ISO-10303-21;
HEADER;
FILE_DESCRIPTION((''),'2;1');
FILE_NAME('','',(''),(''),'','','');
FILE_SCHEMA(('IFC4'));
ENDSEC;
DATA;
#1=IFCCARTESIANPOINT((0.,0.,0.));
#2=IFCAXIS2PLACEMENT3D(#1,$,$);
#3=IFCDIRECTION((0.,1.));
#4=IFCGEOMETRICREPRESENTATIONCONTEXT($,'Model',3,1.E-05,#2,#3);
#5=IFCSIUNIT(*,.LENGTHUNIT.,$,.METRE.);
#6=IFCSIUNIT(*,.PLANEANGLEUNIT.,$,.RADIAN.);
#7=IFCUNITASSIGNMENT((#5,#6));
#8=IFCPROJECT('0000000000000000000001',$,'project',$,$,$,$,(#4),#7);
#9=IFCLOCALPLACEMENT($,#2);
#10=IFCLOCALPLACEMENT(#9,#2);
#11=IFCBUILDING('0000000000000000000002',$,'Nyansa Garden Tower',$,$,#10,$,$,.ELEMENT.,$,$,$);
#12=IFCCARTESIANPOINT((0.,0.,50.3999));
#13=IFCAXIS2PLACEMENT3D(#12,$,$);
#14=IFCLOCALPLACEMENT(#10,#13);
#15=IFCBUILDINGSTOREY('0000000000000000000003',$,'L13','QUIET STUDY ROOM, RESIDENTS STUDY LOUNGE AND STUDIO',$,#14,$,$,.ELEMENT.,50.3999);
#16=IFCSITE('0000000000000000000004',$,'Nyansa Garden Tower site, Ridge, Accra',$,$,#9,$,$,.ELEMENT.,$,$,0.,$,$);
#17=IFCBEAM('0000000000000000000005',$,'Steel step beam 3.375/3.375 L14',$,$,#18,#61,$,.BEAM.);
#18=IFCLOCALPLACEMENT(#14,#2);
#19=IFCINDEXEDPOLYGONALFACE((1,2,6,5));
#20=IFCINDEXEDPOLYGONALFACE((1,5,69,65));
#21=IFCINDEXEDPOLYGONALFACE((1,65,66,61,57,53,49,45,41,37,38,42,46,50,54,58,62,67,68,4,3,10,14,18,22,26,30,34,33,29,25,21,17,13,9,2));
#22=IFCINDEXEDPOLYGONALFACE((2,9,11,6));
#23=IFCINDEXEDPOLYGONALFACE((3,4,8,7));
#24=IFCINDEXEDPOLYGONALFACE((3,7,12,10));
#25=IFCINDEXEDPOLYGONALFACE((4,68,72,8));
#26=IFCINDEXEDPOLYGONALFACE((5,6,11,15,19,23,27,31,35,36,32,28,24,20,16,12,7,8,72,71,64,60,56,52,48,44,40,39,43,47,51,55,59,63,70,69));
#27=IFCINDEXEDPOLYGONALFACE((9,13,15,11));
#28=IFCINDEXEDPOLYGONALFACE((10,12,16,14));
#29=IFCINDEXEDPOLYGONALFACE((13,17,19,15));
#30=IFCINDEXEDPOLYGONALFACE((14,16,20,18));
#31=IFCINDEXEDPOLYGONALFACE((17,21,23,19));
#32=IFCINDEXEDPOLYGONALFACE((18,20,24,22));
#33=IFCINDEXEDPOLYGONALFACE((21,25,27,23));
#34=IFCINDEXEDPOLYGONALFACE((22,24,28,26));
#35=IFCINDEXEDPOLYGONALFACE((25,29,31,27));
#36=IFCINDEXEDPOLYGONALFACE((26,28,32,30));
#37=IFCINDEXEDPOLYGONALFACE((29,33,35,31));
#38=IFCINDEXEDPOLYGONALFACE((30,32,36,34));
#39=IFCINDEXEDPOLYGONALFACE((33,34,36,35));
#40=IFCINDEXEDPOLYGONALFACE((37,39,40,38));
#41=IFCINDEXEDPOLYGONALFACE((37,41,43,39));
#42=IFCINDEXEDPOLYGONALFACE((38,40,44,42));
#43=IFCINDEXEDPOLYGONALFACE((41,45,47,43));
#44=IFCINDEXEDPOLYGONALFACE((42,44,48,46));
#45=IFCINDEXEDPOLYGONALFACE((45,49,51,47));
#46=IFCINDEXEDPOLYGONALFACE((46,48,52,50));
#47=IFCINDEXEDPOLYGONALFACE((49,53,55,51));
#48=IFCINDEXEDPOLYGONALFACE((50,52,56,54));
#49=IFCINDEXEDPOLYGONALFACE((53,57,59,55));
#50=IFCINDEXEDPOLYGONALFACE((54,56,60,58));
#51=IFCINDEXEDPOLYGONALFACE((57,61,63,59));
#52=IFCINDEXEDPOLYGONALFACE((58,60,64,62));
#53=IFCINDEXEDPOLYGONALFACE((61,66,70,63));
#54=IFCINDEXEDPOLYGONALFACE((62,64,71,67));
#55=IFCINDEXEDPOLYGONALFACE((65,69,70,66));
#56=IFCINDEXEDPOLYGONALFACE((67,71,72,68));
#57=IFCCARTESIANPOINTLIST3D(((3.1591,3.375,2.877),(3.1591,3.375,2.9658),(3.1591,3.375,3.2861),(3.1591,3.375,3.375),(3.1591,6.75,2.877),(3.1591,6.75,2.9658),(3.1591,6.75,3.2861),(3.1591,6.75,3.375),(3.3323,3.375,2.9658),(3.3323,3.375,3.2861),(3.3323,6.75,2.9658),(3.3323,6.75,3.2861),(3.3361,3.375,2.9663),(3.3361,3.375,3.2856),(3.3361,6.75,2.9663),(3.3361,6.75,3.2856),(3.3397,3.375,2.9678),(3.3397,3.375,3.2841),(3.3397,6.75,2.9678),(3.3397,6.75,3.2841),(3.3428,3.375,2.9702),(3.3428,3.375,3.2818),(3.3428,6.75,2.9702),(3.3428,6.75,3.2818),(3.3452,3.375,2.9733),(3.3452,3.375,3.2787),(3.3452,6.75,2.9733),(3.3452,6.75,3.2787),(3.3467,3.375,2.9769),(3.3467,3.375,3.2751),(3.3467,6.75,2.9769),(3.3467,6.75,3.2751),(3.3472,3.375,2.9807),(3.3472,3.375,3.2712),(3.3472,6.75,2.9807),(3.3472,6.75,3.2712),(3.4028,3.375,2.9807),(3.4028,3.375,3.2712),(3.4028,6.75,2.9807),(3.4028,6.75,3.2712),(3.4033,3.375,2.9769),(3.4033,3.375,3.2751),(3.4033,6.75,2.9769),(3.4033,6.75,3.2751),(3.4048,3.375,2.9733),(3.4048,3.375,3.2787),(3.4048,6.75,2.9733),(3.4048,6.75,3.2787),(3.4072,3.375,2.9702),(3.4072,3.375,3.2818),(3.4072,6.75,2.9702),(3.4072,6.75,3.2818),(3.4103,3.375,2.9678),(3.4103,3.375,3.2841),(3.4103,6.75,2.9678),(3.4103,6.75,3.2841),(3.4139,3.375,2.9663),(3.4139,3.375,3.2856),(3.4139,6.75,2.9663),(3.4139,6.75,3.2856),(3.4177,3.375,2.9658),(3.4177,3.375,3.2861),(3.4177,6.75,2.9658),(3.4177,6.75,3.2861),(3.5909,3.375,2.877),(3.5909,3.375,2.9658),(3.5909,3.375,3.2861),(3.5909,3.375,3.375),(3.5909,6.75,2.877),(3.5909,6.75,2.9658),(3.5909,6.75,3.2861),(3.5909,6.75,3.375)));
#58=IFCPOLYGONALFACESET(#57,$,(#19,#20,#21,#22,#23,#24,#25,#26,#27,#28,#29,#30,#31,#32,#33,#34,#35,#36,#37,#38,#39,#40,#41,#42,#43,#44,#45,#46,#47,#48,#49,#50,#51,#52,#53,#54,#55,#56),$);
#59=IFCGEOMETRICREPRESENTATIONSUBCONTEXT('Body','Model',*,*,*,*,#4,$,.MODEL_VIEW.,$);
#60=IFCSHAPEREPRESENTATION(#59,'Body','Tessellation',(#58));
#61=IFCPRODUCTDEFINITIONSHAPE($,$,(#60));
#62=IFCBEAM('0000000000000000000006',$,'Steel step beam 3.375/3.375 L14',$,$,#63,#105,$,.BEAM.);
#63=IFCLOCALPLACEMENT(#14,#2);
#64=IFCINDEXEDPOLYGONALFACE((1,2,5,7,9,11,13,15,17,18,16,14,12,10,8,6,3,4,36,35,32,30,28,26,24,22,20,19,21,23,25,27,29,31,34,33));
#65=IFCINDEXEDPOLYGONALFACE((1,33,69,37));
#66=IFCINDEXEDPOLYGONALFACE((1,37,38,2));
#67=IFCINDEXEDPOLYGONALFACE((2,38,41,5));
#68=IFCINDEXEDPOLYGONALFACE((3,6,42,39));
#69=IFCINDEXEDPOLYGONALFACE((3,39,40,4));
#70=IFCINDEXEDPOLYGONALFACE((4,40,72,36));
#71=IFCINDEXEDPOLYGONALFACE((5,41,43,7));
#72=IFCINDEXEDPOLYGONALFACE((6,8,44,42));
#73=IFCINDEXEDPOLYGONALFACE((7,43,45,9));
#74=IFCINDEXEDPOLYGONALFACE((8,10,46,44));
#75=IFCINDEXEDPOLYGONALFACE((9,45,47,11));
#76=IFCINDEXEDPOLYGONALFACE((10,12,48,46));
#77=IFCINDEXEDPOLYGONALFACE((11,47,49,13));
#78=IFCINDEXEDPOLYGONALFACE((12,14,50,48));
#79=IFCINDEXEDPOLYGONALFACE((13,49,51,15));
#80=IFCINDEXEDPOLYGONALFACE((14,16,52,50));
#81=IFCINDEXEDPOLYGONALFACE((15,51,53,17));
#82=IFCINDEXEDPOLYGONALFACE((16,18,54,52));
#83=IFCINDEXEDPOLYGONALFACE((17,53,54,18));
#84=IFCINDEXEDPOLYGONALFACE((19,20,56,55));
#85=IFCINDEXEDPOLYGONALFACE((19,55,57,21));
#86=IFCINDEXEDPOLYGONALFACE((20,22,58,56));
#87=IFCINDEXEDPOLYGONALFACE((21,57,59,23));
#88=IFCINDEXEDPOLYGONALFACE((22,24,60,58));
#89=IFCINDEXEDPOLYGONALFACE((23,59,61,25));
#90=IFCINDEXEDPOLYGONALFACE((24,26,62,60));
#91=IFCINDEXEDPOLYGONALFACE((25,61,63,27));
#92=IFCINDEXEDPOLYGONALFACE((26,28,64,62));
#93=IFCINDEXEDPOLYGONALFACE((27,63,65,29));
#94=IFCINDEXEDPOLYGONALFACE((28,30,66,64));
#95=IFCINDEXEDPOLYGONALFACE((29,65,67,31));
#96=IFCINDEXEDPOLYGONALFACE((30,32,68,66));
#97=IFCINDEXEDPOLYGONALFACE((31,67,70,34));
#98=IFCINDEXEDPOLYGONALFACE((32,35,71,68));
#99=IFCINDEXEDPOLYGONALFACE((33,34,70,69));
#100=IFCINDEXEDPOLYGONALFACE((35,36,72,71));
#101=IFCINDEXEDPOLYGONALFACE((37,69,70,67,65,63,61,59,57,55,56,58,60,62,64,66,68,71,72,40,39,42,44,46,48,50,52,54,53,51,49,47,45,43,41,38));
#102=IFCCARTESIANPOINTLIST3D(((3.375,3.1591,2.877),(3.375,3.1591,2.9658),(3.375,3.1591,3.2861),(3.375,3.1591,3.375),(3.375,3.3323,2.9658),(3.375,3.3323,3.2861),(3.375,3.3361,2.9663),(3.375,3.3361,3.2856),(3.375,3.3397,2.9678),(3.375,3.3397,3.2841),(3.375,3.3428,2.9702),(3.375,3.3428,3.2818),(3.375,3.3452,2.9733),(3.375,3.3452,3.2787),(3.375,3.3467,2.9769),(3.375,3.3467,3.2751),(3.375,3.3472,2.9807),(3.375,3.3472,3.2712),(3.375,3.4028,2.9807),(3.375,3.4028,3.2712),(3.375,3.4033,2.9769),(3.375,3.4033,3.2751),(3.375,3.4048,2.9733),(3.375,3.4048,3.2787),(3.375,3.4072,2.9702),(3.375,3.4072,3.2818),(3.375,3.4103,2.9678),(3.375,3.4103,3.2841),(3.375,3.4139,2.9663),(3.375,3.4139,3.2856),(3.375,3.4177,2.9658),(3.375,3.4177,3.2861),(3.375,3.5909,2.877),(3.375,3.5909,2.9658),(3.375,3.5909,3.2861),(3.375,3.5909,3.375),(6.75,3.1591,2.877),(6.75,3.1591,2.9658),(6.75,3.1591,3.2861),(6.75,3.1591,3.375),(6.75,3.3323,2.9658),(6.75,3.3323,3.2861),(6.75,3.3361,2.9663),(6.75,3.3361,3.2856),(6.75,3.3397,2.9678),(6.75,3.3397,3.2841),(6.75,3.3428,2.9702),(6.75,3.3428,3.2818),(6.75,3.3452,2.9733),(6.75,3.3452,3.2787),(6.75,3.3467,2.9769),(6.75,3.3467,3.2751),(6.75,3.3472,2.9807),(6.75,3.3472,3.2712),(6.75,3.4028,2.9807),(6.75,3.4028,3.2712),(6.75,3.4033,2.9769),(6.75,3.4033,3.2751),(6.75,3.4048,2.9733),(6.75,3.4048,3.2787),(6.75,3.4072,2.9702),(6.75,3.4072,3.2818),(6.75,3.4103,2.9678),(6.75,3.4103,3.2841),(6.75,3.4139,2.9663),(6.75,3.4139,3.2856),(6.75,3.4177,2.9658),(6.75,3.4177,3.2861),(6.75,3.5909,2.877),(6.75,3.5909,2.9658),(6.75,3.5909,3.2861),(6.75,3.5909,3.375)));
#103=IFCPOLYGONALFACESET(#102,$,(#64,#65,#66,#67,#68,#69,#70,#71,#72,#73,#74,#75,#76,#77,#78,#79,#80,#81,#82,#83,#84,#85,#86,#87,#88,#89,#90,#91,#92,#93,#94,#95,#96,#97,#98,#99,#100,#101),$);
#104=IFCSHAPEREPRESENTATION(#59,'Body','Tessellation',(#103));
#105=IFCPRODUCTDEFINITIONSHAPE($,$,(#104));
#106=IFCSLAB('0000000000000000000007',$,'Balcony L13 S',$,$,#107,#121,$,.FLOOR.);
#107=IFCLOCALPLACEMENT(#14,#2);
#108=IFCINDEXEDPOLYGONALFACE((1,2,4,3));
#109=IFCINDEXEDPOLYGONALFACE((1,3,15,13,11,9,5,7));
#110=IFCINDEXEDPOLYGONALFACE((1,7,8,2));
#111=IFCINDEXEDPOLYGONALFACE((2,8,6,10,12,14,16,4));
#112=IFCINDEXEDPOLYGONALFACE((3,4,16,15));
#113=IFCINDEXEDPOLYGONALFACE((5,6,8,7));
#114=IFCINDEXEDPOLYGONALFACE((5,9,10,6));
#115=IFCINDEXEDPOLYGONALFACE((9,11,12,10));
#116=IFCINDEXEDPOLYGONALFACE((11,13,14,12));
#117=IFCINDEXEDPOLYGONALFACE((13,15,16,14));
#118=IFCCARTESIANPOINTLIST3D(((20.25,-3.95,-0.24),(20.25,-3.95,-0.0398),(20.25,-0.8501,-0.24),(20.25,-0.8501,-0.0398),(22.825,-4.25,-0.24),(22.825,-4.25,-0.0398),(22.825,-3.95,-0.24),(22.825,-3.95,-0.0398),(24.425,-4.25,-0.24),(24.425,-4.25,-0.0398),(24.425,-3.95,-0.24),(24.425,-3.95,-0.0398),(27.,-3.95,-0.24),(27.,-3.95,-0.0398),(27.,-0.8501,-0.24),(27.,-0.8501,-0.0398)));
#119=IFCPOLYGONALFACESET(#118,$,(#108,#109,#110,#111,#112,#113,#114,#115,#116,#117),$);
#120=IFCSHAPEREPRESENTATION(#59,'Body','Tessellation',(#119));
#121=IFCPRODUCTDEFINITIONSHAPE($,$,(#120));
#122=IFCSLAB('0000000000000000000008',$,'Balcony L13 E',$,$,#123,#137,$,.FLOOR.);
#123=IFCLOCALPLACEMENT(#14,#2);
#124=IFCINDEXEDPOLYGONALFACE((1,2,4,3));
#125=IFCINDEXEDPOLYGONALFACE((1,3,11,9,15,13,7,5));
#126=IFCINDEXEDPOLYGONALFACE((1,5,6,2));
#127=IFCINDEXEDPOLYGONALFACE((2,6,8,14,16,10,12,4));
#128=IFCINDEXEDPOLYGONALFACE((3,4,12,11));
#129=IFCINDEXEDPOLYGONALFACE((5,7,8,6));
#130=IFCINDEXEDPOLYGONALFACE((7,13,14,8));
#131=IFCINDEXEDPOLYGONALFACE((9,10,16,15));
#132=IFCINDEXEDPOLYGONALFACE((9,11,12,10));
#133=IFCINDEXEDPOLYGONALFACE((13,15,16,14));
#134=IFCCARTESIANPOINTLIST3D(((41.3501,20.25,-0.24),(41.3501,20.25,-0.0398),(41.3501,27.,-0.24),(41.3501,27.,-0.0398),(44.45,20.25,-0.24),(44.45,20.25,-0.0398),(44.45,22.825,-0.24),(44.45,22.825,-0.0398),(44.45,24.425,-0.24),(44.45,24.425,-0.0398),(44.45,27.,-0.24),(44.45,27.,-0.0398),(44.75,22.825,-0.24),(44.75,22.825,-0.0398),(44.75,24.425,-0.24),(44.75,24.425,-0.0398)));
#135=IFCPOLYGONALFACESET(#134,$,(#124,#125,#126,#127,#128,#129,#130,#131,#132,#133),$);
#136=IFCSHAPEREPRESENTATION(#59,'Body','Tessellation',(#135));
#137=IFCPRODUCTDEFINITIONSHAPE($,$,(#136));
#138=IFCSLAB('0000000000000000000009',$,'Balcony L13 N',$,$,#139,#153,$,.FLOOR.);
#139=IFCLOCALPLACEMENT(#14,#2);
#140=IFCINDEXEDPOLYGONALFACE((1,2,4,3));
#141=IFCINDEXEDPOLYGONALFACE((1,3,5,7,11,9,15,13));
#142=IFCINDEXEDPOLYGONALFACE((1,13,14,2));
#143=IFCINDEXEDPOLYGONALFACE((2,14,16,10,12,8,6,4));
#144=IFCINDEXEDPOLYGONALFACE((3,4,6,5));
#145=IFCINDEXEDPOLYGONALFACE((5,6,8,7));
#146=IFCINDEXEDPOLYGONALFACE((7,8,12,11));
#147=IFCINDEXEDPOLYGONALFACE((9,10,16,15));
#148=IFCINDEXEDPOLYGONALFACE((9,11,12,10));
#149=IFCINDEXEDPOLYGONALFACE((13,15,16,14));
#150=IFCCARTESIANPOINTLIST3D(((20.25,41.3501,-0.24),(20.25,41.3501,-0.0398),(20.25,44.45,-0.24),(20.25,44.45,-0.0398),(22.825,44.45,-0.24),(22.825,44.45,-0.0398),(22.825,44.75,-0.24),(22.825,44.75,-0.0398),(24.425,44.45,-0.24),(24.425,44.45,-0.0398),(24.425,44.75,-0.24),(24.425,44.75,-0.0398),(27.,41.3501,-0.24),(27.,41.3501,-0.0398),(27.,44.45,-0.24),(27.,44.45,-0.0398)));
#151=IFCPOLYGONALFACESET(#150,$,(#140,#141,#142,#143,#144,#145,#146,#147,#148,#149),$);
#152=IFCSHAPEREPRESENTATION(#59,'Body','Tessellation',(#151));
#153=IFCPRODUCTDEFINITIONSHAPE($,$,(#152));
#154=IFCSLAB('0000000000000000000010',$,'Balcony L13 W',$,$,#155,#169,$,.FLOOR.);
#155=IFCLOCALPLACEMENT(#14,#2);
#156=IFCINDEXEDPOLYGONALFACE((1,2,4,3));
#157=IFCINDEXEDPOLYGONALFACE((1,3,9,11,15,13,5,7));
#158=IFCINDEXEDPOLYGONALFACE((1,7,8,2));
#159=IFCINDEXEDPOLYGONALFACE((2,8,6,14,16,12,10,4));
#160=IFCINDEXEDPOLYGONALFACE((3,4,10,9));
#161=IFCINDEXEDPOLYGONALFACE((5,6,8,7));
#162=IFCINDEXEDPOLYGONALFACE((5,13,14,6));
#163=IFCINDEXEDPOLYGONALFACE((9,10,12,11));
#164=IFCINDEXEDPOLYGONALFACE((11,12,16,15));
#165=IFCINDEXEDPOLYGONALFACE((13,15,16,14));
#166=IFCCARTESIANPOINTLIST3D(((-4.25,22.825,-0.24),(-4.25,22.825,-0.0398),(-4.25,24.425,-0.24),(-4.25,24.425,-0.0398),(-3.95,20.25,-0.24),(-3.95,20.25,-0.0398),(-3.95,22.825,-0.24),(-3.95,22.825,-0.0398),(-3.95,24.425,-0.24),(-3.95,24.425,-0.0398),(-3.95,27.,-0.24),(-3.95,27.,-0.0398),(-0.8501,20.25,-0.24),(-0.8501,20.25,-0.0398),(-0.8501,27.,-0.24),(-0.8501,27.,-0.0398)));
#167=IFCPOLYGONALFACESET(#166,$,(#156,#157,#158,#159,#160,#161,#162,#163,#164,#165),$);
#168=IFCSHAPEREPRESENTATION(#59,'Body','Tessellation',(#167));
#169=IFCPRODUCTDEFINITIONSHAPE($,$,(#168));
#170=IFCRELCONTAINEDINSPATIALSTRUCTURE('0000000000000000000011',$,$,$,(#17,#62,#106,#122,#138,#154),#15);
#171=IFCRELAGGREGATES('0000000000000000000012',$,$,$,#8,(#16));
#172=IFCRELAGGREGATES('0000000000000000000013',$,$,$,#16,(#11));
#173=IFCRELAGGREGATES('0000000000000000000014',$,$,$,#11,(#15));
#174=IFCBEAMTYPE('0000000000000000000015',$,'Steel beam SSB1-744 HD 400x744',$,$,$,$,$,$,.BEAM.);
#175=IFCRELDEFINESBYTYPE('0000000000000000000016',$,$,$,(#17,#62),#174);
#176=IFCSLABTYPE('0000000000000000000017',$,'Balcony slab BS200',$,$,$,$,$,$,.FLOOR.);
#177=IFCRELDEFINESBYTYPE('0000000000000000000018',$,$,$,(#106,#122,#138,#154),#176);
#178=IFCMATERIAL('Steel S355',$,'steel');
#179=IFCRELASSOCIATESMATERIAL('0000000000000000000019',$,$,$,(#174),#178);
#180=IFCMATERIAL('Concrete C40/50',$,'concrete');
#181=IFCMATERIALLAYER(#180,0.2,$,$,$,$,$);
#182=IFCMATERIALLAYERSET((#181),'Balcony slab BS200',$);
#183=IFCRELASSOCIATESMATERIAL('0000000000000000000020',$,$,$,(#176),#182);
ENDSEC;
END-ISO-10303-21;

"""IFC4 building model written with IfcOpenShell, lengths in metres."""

from ifc_helpers import new_model, si_unit, direction, frame, origin, origin_2d, place, context, subcontext, project, spatial, polyline, i_section, outline, extrude, material, layer, layer_set, material_profile, profile_set, type_object, element, save


model = new_model("IFC4")

# Units and contexts
model_context = context("Model", 3, precision=1e-05, world=origin(), true_north=direction((0.0, 1.0)))
body_context = subcontext(model_context, "Body", "Model", "MODEL_VIEW")
ifc_project = project(units=[si_unit("LENGTHUNIT", "METRE"), si_unit("PLANEANGLEUNIT", "RADIAN")], contexts=[model_context])

# Site, building, storey
site_placement = place(None, origin())
site = spatial("IfcSite", under=ifc_project, at=site_placement, Name="Nyansa Garden Tower site, Ridge, Accra", CompositionType="ELEMENT", RefElevation=0.0)
building_placement = place(site_placement, origin())
building = spatial("IfcBuilding", under=site, at=building_placement, Name="Nyansa Garden Tower", CompositionType="ELEMENT")
storey_placement = place(building_placement, frame((0.0, 0.0, 50.3999)))
storey = spatial("IfcBuildingStorey", under=building, at=storey_placement, Name="L13", Description="QUIET STUDY ROOM, RESIDENTS STUDY LOUNGE AND STUDIO", CompositionType="ELEMENT", Elevation=50.3999)

# Beams
ifc_material_1 = material(Name="Steel S355", Category="steel")
ifc_material_profile_1 = material_profile(ifc_material_1, i_section(OverallWidth=0.4319, OverallDepth=0.498, WebThickness=0.0557, FlangeThickness=0.0889, FilletRadius=0.0149, at=origin_2d()), Name="HD 400x744")
ifc_profile_set_1 = profile_set([ifc_material_profile_1], Name="Steel S355")
beam_type_1 = type_object("IfcBeamType", Name="Steel beam SSB1-744 HD 400x744", PredefinedType="BEAM", material=ifc_profile_set_1)
for number, where, z_axis, x_axis, name in (
    (1, (3.375, 3.375, 3.126), (0.0, 1.0, 0.0), (-1.0, 0.0, 0.0), "Steel step beam 3.375/3.375 L14"),
    (2, (3.375, 3.375, 3.126), (1.0, 0.0, 0.0), (0.0, 1.0, 0.0), "Steel step beam 3.375/3.375 L14"),
):
    element("IfcBeam", number, at=place(storey_placement, frame(where, z_axis=z_axis, x_axis=x_axis)), inside=storey, type_object=beam_type_1, Name=name, PredefinedType="BEAM", context=body_context, shape_type="SweptSolid", body=[
        extrude(i_section(OverallWidth=0.4319, OverallDepth=0.498, WebThickness=0.0557, FlangeThickness=0.0889, FilletRadius=0.0149, at=origin_2d()), origin(), (0.0, 0.0, 1.0), 3.375),
    ])

# Slabs
ifc_material_2 = material(Name="Concrete C40/50", Category="concrete")
ifc_layer_1 = layer(ifc_material_2, 0.2)
ifc_layer_set_1 = layer_set([ifc_layer_1], Name="Balcony slab BS200")
slab_type_1 = type_object("IfcSlabType", Name="Balcony slab BS200", PredefinedType="FLOOR", material=ifc_layer_set_1)
slab_1_placement = place(storey_placement, frame((0.0, 0.0, -0.24)))
element("IfcSlab", 3, at=slab_1_placement, inside=storey, type_object=slab_type_1, Name="Balcony L13 S", PredefinedType="FLOOR", context=body_context, shape_type="SweptSolid", body=[
    extrude(outline(polyline([(20.25, -0.8501), (27.0, -0.8501), (27.0, -3.95), (24.425, -3.95), (24.425, -4.25), (22.825, -4.25), (22.825, -3.95), (20.25, -3.95), (20.25, -0.8501)])), origin(), (0.0, 0.0, 1.0), 0.2002),
])
slab_2_placement = place(storey_placement, frame((0.0, 0.0, -0.24)))
element("IfcSlab", 4, at=slab_2_placement, inside=storey, type_object=slab_type_1, Name="Balcony L13 E", PredefinedType="FLOOR", context=body_context, shape_type="SweptSolid", body=[
    extrude(outline(polyline([(41.3501, 20.25), (41.3501, 27.0), (44.45, 27.0), (44.45, 24.425), (44.75, 24.425), (44.75, 22.825), (44.45, 22.825), (44.45, 20.25), (41.3501, 20.25)])), origin(), (0.0, 0.0, 1.0), 0.2002),
])
slab_3_placement = place(storey_placement, frame((0.0, 0.0, -0.24)))
element("IfcSlab", 5, at=slab_3_placement, inside=storey, type_object=slab_type_1, Name="Balcony L13 N", PredefinedType="FLOOR", context=body_context, shape_type="SweptSolid", body=[
    extrude(outline(polyline([(20.25, 41.3501), (27.0, 41.3501), (27.0, 44.45), (24.425, 44.45), (24.425, 44.75), (22.825, 44.75), (22.825, 44.45), (20.25, 44.45), (20.25, 41.3501)])), origin(), (0.0, 0.0, 1.0), 0.2002),
])
slab_4_placement = place(storey_placement, frame((0.0, 0.0, -0.24)))
element("IfcSlab", 6, at=slab_4_placement, inside=storey, type_object=slab_type_1, Name="Balcony L13 W", PredefinedType="FLOOR", context=body_context, shape_type="SweptSolid", body=[
    extrude(outline(polyline([(-0.8501, 20.25), (-0.8501, 27.0), (-3.95, 27.0), (-3.95, 24.425), (-4.25, 24.425), (-4.25, 22.825), (-3.95, 22.825), (-3.95, 20.25), (-0.8501, 20.25)])), origin(), (0.0, 0.0, 1.0), 0.2002),
])

save(model, "model.ifc")
